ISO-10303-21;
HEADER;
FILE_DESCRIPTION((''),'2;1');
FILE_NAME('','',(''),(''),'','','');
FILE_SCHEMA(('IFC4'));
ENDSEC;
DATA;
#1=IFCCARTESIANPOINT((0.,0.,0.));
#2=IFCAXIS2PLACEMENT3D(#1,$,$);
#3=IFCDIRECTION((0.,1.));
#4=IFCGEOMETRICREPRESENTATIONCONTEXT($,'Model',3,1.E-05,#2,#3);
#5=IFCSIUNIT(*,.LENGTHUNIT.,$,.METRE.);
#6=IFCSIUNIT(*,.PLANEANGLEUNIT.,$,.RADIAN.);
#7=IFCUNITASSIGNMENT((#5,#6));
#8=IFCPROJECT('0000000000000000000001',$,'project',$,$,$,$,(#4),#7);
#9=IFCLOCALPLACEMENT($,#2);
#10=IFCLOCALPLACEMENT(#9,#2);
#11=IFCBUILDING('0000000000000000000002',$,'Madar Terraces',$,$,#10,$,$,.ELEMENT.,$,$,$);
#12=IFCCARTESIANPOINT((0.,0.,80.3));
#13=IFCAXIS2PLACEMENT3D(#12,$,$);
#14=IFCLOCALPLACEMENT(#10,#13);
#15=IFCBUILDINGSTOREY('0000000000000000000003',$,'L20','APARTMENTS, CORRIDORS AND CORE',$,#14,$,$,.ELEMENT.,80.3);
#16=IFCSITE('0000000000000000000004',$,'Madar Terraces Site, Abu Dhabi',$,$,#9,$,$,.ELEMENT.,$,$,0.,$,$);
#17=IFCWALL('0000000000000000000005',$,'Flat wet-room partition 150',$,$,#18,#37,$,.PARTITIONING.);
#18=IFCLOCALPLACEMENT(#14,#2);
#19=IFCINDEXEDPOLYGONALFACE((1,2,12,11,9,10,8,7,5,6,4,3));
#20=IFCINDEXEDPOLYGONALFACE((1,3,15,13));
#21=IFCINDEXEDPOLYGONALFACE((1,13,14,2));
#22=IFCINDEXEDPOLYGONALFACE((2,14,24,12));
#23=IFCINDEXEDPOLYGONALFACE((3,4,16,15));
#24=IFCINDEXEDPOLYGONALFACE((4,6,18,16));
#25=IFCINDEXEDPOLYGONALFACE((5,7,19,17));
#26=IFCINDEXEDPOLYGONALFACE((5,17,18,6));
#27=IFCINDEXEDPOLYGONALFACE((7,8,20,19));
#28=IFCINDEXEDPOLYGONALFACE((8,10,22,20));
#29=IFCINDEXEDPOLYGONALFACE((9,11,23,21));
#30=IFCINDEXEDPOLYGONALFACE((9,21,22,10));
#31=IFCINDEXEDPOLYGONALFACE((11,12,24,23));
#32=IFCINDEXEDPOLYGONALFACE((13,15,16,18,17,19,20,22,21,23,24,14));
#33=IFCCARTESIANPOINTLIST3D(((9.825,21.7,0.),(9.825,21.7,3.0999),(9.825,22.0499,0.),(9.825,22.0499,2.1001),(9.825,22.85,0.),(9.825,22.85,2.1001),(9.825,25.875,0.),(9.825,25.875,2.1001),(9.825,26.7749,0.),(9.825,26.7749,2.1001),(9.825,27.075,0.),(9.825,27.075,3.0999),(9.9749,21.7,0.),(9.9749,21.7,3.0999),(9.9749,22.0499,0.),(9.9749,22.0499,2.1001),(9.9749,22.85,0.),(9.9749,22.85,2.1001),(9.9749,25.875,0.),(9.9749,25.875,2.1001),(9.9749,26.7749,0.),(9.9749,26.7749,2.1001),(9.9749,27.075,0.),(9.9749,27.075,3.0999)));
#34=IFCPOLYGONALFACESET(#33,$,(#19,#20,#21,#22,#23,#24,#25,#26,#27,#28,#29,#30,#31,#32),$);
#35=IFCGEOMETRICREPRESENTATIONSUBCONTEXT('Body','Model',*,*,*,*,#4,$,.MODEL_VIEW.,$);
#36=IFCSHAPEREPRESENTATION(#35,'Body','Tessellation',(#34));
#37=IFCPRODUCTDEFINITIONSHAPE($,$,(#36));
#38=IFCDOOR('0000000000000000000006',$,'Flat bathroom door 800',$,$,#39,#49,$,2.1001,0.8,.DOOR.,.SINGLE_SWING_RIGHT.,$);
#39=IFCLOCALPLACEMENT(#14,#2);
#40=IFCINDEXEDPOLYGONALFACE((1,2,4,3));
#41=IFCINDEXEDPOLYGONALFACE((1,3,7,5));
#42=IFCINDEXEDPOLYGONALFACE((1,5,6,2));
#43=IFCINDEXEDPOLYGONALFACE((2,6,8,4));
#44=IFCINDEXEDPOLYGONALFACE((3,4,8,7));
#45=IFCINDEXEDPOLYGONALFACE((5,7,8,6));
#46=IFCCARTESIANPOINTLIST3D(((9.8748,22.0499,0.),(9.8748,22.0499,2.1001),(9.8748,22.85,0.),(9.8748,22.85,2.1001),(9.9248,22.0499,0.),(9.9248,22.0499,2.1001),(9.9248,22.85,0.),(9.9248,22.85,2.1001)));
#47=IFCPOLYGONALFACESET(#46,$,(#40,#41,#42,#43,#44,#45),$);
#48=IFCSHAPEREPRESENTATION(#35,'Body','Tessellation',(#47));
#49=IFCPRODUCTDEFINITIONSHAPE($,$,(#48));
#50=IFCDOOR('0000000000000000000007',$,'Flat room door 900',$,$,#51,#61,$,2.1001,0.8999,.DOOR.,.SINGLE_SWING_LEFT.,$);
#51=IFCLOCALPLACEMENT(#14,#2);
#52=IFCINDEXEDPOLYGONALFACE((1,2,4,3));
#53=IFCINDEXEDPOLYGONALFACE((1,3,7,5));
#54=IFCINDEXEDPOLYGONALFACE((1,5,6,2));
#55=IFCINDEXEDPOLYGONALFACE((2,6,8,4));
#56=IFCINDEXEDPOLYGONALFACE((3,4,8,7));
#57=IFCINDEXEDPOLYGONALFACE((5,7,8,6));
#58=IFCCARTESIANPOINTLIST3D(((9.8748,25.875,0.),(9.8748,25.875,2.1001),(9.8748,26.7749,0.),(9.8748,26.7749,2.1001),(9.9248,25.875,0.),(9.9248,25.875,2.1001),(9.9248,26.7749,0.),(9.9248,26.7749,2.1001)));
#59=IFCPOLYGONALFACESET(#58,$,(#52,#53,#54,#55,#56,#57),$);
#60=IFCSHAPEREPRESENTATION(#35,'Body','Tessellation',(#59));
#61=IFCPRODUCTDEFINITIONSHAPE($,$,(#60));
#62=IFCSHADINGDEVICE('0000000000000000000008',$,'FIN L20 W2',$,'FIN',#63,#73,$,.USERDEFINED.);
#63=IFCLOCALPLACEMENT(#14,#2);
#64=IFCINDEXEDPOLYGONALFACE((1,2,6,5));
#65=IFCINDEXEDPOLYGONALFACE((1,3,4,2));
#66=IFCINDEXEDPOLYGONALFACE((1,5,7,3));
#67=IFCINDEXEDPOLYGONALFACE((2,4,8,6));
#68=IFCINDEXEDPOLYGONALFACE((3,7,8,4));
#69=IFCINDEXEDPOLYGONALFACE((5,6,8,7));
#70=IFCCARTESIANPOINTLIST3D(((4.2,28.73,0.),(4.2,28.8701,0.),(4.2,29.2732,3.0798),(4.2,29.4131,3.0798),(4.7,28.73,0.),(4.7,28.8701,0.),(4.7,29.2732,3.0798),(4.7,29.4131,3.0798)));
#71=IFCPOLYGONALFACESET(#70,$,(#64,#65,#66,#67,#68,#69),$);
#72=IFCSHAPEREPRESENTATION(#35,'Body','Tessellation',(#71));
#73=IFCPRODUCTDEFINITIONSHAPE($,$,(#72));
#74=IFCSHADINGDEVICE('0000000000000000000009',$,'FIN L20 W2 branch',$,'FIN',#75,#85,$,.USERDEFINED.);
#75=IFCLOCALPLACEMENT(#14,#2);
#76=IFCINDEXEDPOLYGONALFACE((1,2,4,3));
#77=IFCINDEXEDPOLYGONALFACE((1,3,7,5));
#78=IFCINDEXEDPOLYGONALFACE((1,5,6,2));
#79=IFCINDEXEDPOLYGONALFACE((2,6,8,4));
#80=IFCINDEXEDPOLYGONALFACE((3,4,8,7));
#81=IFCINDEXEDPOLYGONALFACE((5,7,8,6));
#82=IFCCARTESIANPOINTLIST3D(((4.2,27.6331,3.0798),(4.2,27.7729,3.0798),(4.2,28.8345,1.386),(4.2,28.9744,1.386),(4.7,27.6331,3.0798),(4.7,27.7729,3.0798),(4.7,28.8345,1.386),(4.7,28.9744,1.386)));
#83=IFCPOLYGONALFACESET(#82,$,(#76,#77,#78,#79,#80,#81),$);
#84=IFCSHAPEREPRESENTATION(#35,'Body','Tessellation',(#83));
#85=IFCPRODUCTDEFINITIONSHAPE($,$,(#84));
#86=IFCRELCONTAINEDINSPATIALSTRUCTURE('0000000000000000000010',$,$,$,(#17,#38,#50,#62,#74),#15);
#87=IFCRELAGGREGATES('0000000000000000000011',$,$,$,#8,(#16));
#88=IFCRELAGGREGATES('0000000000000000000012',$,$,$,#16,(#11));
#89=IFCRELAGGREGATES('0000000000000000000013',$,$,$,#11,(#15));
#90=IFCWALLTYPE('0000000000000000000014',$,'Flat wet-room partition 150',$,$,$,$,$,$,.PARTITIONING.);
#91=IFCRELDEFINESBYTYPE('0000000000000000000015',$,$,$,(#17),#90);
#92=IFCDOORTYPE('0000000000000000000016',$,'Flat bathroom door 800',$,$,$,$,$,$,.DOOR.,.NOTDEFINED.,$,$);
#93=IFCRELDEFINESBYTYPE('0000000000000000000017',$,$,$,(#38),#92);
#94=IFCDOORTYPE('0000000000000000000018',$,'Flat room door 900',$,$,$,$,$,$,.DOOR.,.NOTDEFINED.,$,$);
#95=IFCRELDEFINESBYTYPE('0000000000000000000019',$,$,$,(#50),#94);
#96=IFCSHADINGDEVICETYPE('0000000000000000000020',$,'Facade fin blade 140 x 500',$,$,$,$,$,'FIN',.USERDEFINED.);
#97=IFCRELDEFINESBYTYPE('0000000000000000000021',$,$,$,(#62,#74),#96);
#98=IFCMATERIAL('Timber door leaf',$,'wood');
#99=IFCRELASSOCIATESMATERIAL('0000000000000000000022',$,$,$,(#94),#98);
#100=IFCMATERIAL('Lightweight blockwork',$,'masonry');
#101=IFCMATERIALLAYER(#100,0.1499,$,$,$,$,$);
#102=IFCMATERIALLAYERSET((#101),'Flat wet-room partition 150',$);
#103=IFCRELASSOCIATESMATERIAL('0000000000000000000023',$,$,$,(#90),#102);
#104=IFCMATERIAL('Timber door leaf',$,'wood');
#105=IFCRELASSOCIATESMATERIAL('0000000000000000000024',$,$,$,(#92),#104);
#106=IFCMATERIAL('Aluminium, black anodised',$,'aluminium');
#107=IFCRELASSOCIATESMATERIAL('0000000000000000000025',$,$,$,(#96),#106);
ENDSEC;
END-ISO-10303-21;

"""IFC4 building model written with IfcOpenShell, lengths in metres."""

from ifc_helpers import new_model, si_unit, direction, frame, frame_2d, origin, place, context, subcontext, project, spatial, polyline, rectangle, outline, extrude, material, layer, layer_set, type_object, element, fill, save


model = new_model("IFC4")

# Units and contexts
model_context = context("Model", 3, precision=1e-05, world=origin(), true_north=direction((0.0, 1.0)))
body_context = subcontext(model_context, "Body", "Model", "MODEL_VIEW")
ifc_project = project(units=[si_unit("LENGTHUNIT", "METRE"), si_unit("PLANEANGLEUNIT", "RADIAN")], contexts=[model_context])

# Site, building, storey
site_placement = place(None, origin())
site = spatial("IfcSite", under=ifc_project, at=site_placement, Name="Madar Terraces Site, Abu Dhabi", CompositionType="ELEMENT", RefElevation=0.0)
building_placement = place(site_placement, origin())
building = spatial("IfcBuilding", under=site, at=building_placement, Name="Madar Terraces", CompositionType="ELEMENT")
storey_placement = place(building_placement, frame((0.0, 0.0, 80.3)))
storey = spatial("IfcBuildingStorey", under=building, at=storey_placement, Name="L20", Description="APARTMENTS, CORRIDORS AND CORE", CompositionType="ELEMENT", Elevation=80.3)

# Shared definitions
ifc_material_1 = material(Name="Timber door leaf", Category="wood")
door_type_1 = type_object("IfcDoorType", Name="Flat room door 900", OperationType="NOTDEFINED", PredefinedType="DOOR", material=ifc_material_1)

# Shared definitions
ifc_material_2 = material(Name="Lightweight blockwork", Category="masonry")
ifc_layer_1 = layer(ifc_material_2, 0.1499)
ifc_layer_set_1 = layer_set([ifc_layer_1], Name="Flat wet-room partition 150")
wall_type_1 = type_object("IfcWallType", Name="Flat wet-room partition 150", PredefinedType="PARTITIONING", material=ifc_layer_set_1)

# Wall, openings, doors
wall_1_placement = place(storey_placement, frame((9.8999, 27.075, 0.0), z_axis=(0.0, 0.0, 1.0), x_axis=(0.0, -1.0, 0.0)))
wall_1 = element("IfcWall", 1, at=wall_1_placement, inside=storey, type_object=wall_type_1, Name="Flat wet-room partition 150", PredefinedType="PARTITIONING", context=body_context, shape_type="SweptSolid", body=[
    extrude(rectangle(XDim=5.375, YDim=0.1499, at=frame_2d((2.6875, 0.0))), origin(), (0.0, 0.0, 1.0), 3.0999),
])
opening_1_placement = place(wall_1_placement, frame((0.3, 0.0, 0.0)))
opening_1 = element("IfcOpeningElement", 2, at=opening_1_placement, cuts=wall_1, PredefinedType="OPENING", context=body_context, shape_type="SweptSolid", body=[
    extrude(rectangle(XDim=0.8999, YDim=2.1001, at=frame_2d((0.45, 1.05))), frame((0.0, 0.085, 0.0), z_axis=(0.0, -1.0, 0.0), x_axis=(1.0, 0.0, 0.0)), (0.0, 0.0, 1.0), 0.1699),
])
opening_2_placement = place(wall_1_placement, frame((4.2251, 0.0, 0.0)))
opening_2 = element("IfcOpeningElement", 3, at=opening_2_placement, cuts=wall_1, PredefinedType="OPENING", context=body_context, shape_type="SweptSolid", body=[
    extrude(rectangle(XDim=0.8, YDim=2.1001, at=frame_2d((0.3999, 1.05))), frame((0.0, 0.085, 0.0), z_axis=(0.0, -1.0, 0.0), x_axis=(1.0, 0.0, 0.0)), (0.0, 0.0, 1.0), 0.1699),
])
ifc_material_3 = material(Name="Timber door leaf", Category="wood")
door_type_2 = type_object("IfcDoorType", Name="Flat bathroom door 800", OperationType="NOTDEFINED", PredefinedType="DOOR", material=ifc_material_3)
door_1_placement = place(opening_2_placement, origin())
door_1 = element("IfcDoor", 4, at=door_1_placement, inside=storey, type_object=door_type_2, Name="Flat bathroom door 800", OperationType="SINGLE_SWING_RIGHT", OverallHeight=2.1001, OverallWidth=0.8, PredefinedType="DOOR", context=body_context, shape_type="SweptSolid", body=[
    extrude(rectangle(XDim=0.8, YDim=2.1001, at=frame_2d((0.3999, 1.05))), frame((0.0, 0.0249, 0.0), z_axis=(0.0, -1.0, 0.0), x_axis=(1.0, 0.0, 0.0)), (0.0, 0.0, 1.0), 0.05),
])
fill(opening_2, door_1)
door_2_placement = place(opening_1_placement, origin())
door_2 = element("IfcDoor", 5, at=door_2_placement, inside=storey, type_object=door_type_1, Name="Flat room door 900", OperationType="SINGLE_SWING_LEFT", OverallHeight=2.1001, OverallWidth=0.8999, PredefinedType="DOOR", context=body_context, shape_type="SweptSolid", body=[
    extrude(rectangle(XDim=0.8999, YDim=2.1001, at=frame_2d((0.45, 1.05))), frame((0.0, 0.0249, 0.0), z_axis=(0.0, -1.0, 0.0), x_axis=(1.0, 0.0, 0.0)), (0.0, 0.0, 1.0), 0.05),
])
fill(opening_1, door_2)

# Shading devices
ifc_material_4 = material(Name="Aluminium, black anodised", Category="aluminium")
shading_device_type = type_object("IfcShadingDeviceType", Name="Facade fin blade 140 x 500", ElementType="FIN", PredefinedType="USERDEFINED", material=ifc_material_4)
shading_device_1_placement = place(storey_placement, frame((4.45, 28.8701, 0.0), z_axis=(0.0, 0.0, 1.0), x_axis=(0.0, -1.0, 0.0)))
element("IfcShadingDevice", 6, at=shading_device_1_placement, inside=storey, type_object=shading_device_type, Name="FIN L20 W2", ObjectType="FIN", PredefinedType="USERDEFINED", context=body_context, shape_type="SweptSolid", body=[
    extrude(outline(polyline([(0.0, 0.0), (0.1401, 0.0), (-0.4031, 3.0798), (-0.543, 3.0798), (0.0, 0.0)])), frame((0.0, 0.25, 0.0), z_axis=(0.0, -1.0, 0.0), x_axis=(1.0, 0.0, 0.0)), (0.0, 0.0, 1.0), 0.5),
])
shading_device_2_placement = place(storey_placement, frame((4.45, 28.9744, 1.386), z_axis=(0.0, 0.0, 1.0), x_axis=(0.0, -1.0, 0.0)))
element("IfcShadingDevice", 7, at=shading_device_2_placement, inside=storey, type_object=shading_device_type, Name="FIN L20 W2 branch", ObjectType="FIN", PredefinedType="USERDEFINED", context=body_context, shape_type="SweptSolid", body=[
    extrude(outline(polyline([(0.0, 0.0), (0.1399, 0.0), (1.3413, 1.6938), (1.2014, 1.6938), (0.0, 0.0)])), frame((0.0, 0.25, 0.0), z_axis=(0.0, -1.0, 0.0), x_axis=(1.0, 0.0, 0.0)), (0.0, 0.0, 1.0), 0.5),
])

save(model, "model.ifc")
